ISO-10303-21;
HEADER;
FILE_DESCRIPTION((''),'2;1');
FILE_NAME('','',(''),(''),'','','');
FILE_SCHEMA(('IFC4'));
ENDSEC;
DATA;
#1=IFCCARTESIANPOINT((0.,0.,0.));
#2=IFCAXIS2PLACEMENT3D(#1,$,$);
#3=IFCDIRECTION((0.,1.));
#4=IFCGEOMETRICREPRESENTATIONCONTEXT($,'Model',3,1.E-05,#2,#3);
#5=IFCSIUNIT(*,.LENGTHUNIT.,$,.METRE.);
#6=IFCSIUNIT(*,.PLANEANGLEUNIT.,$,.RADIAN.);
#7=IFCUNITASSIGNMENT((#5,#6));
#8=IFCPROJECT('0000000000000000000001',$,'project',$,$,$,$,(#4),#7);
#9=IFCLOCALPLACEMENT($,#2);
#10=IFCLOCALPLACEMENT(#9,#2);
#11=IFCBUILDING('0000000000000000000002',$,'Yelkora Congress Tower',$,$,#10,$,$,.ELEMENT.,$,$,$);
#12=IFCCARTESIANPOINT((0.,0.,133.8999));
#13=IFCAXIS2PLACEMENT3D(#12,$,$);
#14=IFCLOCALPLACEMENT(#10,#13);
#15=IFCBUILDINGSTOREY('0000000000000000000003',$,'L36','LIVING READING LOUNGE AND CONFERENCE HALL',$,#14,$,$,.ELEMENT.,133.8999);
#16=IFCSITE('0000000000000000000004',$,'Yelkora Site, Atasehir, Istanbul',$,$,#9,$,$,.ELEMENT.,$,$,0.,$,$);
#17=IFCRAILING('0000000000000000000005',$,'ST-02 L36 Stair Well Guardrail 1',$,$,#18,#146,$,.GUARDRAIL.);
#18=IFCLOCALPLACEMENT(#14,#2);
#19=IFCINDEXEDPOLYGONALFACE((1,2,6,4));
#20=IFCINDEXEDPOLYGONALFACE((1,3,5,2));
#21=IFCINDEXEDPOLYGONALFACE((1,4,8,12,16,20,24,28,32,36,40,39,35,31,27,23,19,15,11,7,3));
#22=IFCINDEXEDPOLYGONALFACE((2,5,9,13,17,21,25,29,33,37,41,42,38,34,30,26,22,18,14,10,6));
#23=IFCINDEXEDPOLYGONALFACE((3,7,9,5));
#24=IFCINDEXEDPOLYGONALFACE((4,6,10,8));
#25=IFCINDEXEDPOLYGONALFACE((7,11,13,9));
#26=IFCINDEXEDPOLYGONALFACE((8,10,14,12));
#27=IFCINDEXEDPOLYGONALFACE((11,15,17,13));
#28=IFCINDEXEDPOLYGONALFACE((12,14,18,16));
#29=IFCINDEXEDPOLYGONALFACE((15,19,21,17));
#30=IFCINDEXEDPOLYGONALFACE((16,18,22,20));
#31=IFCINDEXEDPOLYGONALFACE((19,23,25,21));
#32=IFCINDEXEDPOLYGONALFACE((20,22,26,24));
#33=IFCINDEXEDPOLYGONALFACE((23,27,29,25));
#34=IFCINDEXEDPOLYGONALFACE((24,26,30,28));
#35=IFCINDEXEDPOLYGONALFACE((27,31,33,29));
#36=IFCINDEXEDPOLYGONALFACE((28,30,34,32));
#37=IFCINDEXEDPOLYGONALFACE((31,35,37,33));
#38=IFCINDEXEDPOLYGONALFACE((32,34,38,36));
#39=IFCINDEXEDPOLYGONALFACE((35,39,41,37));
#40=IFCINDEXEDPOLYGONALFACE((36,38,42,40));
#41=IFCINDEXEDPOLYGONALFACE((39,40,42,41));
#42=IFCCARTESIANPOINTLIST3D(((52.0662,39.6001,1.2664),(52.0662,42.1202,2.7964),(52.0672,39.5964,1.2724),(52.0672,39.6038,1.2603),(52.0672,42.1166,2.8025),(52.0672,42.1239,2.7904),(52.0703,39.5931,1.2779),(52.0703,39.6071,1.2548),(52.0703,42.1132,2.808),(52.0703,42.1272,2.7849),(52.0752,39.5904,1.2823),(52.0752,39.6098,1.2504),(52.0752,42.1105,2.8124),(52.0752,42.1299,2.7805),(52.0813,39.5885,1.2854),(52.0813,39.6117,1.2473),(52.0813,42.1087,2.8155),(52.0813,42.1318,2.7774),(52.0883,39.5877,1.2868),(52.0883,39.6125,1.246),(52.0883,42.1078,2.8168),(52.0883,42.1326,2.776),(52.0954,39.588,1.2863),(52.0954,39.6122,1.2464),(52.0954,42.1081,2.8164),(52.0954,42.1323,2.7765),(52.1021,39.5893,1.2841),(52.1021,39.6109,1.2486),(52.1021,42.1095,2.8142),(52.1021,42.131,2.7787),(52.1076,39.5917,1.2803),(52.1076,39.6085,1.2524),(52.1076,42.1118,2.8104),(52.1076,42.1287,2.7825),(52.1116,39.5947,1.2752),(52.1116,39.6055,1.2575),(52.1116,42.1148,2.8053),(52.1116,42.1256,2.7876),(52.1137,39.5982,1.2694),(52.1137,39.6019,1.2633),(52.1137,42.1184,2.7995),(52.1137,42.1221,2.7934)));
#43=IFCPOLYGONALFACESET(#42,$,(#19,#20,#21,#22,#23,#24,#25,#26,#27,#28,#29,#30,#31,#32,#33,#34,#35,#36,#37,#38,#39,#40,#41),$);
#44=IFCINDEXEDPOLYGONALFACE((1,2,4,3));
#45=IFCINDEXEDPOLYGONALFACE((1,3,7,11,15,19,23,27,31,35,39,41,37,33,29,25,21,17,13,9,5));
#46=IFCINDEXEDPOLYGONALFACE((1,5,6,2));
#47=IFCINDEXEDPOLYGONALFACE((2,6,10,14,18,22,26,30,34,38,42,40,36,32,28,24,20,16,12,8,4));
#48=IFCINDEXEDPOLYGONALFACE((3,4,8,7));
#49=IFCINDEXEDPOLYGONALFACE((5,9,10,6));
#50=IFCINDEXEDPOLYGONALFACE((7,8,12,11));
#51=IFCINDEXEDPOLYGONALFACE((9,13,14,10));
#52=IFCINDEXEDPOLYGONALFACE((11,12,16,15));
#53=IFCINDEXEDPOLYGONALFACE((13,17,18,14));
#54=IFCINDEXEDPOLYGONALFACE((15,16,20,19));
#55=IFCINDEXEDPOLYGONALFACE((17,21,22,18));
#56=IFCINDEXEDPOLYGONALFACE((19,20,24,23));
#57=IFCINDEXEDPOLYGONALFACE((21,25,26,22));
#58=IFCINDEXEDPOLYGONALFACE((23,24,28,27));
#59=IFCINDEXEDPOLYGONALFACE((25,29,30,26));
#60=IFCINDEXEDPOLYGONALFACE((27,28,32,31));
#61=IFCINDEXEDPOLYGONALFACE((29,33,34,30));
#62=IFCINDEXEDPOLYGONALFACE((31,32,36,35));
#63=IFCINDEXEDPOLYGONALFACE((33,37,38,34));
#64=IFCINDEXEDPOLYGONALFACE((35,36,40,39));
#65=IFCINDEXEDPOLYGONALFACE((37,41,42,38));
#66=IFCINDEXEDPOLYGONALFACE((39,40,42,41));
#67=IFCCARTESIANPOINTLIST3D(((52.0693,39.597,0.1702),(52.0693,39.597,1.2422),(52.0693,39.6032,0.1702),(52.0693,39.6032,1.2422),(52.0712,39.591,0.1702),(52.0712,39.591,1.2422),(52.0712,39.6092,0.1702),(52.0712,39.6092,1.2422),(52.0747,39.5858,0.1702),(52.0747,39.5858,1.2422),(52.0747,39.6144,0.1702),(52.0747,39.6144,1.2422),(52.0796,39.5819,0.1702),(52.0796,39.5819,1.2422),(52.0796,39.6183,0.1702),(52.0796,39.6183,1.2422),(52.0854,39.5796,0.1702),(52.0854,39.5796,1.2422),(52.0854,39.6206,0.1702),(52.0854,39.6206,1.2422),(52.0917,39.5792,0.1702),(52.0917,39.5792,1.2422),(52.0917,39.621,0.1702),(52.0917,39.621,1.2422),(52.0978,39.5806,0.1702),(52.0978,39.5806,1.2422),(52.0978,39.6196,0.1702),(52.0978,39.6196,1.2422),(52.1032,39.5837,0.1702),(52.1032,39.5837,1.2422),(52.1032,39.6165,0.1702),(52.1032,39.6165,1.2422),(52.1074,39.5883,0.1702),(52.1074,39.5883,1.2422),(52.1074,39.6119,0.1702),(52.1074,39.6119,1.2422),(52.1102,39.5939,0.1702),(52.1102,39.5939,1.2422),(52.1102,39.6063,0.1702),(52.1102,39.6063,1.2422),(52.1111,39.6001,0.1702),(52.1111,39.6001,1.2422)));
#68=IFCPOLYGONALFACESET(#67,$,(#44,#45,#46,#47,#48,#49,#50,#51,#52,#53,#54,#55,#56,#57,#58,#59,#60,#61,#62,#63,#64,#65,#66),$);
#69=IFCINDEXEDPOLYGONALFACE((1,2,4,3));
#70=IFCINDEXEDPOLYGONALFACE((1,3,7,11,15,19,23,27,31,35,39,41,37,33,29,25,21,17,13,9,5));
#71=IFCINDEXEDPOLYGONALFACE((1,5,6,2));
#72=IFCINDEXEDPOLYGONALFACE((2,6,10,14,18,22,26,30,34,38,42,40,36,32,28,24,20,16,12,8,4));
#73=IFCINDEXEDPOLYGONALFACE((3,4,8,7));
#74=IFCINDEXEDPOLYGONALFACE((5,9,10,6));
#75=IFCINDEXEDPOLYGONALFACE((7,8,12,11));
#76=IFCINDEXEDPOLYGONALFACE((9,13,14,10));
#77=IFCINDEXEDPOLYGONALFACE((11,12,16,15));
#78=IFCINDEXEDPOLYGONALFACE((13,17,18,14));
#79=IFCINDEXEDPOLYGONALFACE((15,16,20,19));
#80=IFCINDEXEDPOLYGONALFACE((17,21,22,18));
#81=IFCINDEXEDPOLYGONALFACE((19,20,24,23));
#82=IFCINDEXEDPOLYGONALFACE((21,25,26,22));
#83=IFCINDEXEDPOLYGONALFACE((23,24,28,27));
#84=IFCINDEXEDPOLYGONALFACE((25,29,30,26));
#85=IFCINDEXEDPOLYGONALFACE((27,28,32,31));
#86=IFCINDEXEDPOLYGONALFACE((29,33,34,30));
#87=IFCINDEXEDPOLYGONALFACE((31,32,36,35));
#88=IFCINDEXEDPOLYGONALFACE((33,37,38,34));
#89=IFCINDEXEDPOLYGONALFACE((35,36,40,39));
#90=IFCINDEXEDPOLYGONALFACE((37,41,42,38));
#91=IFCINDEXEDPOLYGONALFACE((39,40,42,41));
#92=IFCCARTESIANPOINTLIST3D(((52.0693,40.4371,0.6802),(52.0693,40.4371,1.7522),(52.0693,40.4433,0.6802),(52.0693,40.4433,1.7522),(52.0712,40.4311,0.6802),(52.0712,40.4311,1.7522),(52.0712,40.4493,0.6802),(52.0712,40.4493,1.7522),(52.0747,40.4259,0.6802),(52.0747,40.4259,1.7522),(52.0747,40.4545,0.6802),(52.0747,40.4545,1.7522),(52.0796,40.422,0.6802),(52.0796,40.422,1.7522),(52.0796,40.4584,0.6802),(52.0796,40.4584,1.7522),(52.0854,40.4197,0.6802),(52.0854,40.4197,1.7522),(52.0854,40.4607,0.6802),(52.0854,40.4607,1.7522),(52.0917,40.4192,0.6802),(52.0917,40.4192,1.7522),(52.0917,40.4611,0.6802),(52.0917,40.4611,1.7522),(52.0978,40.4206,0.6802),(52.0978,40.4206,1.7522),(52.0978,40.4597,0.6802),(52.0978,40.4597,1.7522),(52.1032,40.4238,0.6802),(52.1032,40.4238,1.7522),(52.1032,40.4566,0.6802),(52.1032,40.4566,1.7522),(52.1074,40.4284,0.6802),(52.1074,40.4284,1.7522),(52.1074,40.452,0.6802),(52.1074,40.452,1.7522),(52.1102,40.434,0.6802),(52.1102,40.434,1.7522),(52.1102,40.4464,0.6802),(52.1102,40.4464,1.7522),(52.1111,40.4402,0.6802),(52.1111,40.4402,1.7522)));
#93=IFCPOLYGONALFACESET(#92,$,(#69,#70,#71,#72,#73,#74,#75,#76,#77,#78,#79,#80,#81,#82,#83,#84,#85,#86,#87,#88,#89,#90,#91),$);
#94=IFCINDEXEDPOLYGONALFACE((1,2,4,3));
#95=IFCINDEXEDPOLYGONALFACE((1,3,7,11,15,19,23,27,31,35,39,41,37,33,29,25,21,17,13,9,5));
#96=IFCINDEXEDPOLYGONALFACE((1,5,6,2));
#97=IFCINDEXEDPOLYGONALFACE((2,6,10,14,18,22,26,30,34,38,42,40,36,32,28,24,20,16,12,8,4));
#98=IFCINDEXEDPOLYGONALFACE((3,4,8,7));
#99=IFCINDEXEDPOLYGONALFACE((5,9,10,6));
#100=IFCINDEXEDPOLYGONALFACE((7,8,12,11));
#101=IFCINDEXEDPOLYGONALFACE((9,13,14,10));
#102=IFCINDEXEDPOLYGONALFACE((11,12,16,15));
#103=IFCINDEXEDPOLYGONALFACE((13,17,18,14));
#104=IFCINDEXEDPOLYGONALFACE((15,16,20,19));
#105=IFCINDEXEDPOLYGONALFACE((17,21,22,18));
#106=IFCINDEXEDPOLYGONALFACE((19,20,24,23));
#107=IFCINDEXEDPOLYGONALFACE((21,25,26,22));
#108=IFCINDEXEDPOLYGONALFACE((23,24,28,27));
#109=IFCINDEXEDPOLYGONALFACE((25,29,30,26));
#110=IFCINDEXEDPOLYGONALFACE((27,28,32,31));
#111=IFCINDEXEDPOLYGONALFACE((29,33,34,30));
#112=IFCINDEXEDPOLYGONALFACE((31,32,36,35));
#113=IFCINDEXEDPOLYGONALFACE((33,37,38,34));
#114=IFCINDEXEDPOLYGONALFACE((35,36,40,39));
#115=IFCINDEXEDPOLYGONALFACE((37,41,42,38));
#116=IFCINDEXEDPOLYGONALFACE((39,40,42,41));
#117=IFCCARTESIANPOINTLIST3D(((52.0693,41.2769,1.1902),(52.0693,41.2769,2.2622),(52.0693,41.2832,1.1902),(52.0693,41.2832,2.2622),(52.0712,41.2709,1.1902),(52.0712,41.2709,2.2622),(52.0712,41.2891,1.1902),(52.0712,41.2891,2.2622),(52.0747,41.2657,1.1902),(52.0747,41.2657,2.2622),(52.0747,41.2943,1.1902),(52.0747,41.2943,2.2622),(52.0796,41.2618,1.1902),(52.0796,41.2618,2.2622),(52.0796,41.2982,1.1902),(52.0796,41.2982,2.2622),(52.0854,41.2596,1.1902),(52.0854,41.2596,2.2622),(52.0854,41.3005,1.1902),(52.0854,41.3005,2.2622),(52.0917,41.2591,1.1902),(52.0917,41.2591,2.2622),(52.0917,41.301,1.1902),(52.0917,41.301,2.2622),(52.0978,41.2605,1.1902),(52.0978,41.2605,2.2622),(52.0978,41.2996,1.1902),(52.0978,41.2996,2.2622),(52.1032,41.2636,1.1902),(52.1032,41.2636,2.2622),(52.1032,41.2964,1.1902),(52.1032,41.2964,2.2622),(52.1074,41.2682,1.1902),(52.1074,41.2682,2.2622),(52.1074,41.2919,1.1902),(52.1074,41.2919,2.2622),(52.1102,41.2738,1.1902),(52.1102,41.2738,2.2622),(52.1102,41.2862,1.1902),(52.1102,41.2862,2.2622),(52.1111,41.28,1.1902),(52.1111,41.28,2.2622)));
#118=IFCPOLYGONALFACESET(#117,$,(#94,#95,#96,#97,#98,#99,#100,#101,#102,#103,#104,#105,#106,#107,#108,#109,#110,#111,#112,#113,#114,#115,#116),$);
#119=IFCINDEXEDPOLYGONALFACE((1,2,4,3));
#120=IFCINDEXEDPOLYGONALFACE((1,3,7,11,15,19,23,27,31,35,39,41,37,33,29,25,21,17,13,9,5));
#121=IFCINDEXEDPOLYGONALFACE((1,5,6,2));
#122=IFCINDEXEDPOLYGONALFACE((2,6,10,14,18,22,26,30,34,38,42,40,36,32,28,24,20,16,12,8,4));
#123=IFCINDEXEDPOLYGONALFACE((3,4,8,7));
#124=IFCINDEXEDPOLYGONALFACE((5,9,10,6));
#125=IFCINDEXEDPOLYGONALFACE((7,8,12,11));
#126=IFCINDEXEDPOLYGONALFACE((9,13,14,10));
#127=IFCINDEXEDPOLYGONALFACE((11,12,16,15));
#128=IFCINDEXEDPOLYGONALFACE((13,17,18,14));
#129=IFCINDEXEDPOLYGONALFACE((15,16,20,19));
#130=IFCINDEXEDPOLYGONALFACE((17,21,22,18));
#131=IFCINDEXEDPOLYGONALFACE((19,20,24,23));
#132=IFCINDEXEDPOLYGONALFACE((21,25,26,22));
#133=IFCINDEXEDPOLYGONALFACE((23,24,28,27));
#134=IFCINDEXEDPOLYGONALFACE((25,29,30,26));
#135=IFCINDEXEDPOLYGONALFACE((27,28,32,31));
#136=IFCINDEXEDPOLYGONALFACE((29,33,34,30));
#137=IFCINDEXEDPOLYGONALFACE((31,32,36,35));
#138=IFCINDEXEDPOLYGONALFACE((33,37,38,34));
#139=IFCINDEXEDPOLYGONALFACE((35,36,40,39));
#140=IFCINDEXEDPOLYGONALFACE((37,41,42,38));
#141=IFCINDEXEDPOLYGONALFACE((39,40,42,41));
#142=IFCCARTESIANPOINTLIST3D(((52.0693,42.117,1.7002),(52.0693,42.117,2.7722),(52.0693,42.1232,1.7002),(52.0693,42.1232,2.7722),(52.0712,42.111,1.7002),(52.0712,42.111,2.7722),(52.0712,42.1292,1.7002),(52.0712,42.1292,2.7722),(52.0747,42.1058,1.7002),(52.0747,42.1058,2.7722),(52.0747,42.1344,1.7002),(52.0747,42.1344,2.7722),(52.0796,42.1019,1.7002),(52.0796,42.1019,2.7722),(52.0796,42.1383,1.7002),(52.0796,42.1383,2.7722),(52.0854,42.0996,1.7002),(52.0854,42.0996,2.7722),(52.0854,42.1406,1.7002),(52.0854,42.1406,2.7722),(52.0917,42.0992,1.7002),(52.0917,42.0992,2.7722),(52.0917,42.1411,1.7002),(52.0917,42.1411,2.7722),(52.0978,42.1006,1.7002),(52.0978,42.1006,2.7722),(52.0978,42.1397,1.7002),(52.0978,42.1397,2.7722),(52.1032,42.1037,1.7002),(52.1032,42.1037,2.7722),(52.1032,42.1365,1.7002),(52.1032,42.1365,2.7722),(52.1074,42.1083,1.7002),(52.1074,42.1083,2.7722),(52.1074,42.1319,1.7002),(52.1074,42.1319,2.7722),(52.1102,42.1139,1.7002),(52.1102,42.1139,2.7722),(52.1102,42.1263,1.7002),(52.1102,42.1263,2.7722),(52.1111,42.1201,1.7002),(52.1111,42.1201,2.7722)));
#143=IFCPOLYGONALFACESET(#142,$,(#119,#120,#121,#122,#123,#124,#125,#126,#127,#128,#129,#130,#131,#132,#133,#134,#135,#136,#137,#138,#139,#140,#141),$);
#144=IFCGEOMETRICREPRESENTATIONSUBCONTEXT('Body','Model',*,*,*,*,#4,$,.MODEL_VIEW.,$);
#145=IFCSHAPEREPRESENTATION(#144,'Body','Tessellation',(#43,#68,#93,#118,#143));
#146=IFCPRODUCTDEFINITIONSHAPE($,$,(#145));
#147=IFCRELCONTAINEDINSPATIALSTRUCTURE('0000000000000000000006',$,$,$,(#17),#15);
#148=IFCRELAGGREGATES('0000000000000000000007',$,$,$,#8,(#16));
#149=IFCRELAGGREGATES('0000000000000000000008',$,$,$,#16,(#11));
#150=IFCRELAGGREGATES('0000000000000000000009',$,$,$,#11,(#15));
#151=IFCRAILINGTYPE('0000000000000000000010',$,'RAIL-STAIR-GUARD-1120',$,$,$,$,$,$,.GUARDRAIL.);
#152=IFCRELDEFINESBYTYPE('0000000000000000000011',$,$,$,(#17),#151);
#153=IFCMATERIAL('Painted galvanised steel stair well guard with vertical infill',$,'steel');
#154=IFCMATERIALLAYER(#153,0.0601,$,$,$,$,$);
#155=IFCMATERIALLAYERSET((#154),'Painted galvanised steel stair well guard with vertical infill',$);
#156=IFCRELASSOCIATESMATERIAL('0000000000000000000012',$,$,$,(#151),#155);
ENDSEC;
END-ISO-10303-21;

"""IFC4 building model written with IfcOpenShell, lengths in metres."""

from ifc_helpers import new_model, si_unit, direction, frame, origin, origin_2d, place, context, subcontext, project, spatial, circle, extrude, material, layer, layer_set, type_object, element, save


model = new_model("IFC4")

# Units and contexts
model_context = context("Model", 3, precision=1e-05, world=origin(), true_north=direction((0.0, 1.0)))
body_context = subcontext(model_context, "Body", "Model", "MODEL_VIEW")
ifc_project = project(units=[si_unit("LENGTHUNIT", "METRE"), si_unit("PLANEANGLEUNIT", "RADIAN")], contexts=[model_context])

# Site, building, storey
site_placement = place(None, origin())
site = spatial("IfcSite", under=ifc_project, at=site_placement, Name="Yelkora Site, Atasehir, Istanbul", CompositionType="ELEMENT", RefElevation=0.0)
building_placement = place(site_placement, origin())
building = spatial("IfcBuilding", under=site, at=building_placement, Name="Yelkora Congress Tower", CompositionType="ELEMENT")
storey_placement = place(building_placement, frame((0.0, 0.0, 133.8999)))
storey = spatial("IfcBuildingStorey", under=building, at=storey_placement, Name="L36", Description="LIVING READING LOUNGE AND CONFERENCE HALL", CompositionType="ELEMENT", Elevation=133.8999)

# Railing
ifc_material_1 = material(Name="Painted galvanised steel stair well guard with vertical infill", Category="steel")
ifc_layer_1 = layer(ifc_material_1, 0.0601)
ifc_layer_set_1 = layer_set([ifc_layer_1], Name="Painted galvanised steel stair well guard with vertical infill")
railing_type_1 = type_object("IfcRailingType", Name="RAIL-STAIR-GUARD-1120", PredefinedType="GUARDRAIL", material=ifc_layer_set_1)
railing_1_placement = place(storey_placement, frame((52.0901, 39.6001, 0.1702)))
element("IfcRailing", 1, at=railing_1_placement, inside=storey, type_object=railing_type_1, Name="ST-02 L36 Stair Well Guardrail 1", PredefinedType="GUARDRAIL", context=body_context, shape_type="SweptSolid", body=[
    extrude(circle(Radius=0.0239, at=origin_2d()), frame((0.0, 0.0, 1.0962), z_axis=(0.0, 0.854785, 0.518982), x_axis=(-1.0, 0.0, 0.0)), (0.0, 0.0, 1.0), 2.9482),
    extrude(circle(Radius=0.021, at=origin_2d()), origin(), (0.0, 0.0, 1.0), 1.072),
    extrude(circle(Radius=0.021, at=origin_2d()), frame((0.0, 0.8401, 0.51)), (0.0, 0.0, 1.0), 1.072),
    extrude(circle(Radius=0.021, at=origin_2d()), frame((0.0, 1.6799, 1.02)), (0.0, 0.0, 1.0), 1.072),
    extrude(circle(Radius=0.021, at=origin_2d()), frame((0.0, 2.52, 1.53)), (0.0, 0.0, 1.0), 1.072),
])

save(model, "model.ifc")
